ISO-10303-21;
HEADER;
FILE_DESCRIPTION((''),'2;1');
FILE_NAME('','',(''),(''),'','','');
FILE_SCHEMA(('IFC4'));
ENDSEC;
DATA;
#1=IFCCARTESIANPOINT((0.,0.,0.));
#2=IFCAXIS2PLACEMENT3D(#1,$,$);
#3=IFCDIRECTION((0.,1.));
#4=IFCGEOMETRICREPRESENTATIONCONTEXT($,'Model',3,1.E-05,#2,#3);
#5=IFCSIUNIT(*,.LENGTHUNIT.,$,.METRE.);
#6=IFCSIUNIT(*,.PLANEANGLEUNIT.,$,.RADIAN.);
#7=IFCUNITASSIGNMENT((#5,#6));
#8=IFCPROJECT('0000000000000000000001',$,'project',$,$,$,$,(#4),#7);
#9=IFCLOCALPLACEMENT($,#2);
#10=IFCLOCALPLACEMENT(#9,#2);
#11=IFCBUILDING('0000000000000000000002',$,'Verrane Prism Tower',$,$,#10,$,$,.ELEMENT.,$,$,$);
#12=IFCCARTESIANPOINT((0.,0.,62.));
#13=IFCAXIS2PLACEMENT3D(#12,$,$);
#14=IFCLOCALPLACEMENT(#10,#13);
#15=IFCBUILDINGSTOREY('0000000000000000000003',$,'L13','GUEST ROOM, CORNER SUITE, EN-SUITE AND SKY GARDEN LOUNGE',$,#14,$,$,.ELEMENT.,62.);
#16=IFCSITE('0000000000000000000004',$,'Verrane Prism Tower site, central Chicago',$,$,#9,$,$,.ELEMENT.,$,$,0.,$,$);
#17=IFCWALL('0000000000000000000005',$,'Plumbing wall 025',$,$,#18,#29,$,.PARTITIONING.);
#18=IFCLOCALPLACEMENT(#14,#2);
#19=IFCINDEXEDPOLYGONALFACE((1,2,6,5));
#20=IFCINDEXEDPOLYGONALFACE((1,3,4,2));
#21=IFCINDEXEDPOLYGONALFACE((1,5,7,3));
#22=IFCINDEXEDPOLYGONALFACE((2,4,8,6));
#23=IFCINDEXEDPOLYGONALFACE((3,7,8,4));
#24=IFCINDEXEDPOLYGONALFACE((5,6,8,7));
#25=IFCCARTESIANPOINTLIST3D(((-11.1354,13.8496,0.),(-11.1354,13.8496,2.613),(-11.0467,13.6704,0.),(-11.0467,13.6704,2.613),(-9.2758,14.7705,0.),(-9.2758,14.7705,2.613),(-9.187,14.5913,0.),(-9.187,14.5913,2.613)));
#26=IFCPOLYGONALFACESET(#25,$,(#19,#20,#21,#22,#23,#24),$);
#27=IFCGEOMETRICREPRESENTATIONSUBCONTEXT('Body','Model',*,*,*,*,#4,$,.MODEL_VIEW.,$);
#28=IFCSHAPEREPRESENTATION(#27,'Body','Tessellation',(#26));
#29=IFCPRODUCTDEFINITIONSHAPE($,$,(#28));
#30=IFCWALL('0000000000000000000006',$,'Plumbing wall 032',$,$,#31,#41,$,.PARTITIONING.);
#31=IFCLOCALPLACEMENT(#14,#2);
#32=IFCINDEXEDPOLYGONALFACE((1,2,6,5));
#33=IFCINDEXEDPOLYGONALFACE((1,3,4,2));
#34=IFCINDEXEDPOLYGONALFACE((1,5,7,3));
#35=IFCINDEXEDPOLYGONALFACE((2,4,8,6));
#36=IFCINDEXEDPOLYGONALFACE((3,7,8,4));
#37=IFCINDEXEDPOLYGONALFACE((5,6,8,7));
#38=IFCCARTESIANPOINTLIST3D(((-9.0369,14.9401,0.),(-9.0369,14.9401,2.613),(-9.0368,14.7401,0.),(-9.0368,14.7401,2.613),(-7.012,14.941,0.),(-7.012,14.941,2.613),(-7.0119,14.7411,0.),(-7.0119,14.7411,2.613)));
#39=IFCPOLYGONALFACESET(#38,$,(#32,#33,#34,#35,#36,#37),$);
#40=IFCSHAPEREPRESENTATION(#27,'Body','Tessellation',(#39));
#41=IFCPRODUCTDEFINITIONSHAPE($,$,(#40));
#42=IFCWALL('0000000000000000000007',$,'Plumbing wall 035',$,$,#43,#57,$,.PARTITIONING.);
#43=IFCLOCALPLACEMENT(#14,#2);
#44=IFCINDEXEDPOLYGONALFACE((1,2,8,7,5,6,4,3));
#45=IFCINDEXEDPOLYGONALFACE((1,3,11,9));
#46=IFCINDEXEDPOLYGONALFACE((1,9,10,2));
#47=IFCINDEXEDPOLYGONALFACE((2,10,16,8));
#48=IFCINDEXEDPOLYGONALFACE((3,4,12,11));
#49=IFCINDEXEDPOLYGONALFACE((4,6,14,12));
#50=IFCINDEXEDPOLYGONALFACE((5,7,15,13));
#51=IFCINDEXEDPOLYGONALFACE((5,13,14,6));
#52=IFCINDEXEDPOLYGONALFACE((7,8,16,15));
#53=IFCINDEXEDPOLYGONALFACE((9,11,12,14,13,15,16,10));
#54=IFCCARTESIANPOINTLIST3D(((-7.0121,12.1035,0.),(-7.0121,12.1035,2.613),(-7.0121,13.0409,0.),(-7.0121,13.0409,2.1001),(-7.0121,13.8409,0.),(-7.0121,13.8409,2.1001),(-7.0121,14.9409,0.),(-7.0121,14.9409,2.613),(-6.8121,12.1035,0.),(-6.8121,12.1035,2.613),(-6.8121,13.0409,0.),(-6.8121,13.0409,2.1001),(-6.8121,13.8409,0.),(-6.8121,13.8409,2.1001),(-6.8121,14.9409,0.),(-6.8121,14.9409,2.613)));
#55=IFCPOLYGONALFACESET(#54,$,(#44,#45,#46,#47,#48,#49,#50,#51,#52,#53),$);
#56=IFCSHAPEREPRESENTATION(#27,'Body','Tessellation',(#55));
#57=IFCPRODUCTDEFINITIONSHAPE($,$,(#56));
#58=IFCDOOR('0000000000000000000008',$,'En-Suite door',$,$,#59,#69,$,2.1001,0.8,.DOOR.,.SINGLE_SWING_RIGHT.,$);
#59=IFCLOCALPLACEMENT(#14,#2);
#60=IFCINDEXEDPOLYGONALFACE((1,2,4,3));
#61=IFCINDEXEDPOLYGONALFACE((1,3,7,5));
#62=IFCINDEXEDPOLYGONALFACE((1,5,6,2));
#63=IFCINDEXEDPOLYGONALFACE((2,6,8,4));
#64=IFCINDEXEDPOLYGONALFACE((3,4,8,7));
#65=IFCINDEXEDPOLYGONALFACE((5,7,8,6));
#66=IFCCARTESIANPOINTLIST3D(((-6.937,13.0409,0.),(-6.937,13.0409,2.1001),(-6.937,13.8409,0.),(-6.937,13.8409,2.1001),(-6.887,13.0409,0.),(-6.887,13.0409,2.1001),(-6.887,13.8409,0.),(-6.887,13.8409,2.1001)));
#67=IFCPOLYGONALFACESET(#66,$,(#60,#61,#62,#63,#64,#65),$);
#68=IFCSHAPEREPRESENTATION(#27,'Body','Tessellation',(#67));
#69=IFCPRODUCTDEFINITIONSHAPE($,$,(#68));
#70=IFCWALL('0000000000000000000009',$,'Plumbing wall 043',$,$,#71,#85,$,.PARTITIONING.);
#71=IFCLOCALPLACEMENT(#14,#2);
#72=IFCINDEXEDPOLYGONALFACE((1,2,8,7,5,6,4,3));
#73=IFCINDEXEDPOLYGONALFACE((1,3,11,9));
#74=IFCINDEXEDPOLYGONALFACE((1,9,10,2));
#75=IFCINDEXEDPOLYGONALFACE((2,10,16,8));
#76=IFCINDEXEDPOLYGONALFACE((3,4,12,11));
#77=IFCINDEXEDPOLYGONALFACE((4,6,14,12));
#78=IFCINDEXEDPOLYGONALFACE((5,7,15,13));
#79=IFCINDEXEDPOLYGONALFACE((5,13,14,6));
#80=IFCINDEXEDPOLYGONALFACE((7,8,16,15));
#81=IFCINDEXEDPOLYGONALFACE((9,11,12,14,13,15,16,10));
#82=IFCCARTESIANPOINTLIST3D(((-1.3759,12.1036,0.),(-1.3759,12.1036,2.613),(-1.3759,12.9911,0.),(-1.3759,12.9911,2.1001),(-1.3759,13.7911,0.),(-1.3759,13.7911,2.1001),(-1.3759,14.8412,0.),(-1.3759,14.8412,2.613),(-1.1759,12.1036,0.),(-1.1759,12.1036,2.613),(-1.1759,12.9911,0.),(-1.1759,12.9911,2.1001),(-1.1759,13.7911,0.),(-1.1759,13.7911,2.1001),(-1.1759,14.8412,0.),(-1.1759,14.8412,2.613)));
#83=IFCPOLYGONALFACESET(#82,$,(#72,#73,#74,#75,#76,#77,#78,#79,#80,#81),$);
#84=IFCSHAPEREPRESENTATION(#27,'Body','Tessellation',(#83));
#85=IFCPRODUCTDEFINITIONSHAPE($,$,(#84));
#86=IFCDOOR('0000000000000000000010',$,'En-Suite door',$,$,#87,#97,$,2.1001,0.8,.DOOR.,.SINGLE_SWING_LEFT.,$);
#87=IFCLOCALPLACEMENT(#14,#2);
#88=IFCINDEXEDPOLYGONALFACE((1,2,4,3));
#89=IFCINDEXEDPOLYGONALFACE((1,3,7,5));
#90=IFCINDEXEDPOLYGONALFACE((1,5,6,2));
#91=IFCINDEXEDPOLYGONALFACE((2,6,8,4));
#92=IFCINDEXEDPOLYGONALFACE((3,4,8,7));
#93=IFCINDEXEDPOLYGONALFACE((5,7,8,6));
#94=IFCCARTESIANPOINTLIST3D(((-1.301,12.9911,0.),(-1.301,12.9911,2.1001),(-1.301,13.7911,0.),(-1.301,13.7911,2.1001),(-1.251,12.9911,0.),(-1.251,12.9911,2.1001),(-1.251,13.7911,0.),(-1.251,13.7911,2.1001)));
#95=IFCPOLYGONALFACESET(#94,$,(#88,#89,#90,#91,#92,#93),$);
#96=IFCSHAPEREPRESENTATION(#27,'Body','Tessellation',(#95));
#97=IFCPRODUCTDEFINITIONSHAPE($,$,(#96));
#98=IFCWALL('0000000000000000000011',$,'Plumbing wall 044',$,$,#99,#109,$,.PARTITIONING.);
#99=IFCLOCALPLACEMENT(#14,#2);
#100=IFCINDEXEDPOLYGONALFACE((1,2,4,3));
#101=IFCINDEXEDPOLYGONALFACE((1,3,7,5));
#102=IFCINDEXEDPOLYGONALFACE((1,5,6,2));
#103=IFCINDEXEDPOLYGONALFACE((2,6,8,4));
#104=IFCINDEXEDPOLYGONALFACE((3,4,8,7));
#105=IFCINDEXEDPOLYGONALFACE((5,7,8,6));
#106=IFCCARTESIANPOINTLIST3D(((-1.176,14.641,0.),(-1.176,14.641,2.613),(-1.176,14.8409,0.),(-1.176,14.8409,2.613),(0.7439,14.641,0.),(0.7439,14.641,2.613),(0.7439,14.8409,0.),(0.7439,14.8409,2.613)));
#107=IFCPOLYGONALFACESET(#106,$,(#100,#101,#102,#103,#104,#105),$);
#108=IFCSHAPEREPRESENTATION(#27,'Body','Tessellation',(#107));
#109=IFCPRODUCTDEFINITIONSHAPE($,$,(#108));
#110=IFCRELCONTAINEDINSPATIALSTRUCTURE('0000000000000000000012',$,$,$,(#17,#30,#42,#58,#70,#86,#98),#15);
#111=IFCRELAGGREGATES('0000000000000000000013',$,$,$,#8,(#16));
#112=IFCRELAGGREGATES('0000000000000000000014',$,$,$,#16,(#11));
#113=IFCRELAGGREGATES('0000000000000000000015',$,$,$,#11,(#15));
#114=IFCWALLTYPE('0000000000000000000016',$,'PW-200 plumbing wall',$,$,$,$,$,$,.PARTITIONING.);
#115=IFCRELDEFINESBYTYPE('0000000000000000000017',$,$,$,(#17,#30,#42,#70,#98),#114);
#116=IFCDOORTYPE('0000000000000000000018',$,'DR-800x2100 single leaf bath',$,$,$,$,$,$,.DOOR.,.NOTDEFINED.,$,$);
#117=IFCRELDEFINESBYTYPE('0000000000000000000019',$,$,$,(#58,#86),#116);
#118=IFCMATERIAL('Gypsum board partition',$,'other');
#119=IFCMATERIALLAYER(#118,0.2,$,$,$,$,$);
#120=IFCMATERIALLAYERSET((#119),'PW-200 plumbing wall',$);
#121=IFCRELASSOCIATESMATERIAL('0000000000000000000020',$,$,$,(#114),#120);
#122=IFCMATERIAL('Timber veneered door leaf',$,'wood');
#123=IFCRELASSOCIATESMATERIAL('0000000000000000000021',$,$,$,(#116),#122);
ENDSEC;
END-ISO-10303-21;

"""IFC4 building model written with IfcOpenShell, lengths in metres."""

from ifc_helpers import new_model, si_unit, direction, frame, frame_2d, origin, place, context, subcontext, project, spatial, rectangle, extrude, material, layer, layer_set, type_object, element, fill, save


model = new_model("IFC4")

# Units and contexts
model_context = context("Model", 3, precision=1e-05, world=origin(), true_north=direction((0.0, 1.0)))
body_context = subcontext(model_context, "Body", "Model", "MODEL_VIEW")
ifc_project = project(units=[si_unit("LENGTHUNIT", "METRE"), si_unit("PLANEANGLEUNIT", "RADIAN")], contexts=[model_context])

# Site, building, storey
site_placement = place(None, origin())
site = spatial("IfcSite", under=ifc_project, at=site_placement, Name="Verrane Prism Tower site, central Chicago", CompositionType="ELEMENT", RefElevation=0.0)
building_placement = place(site_placement, origin())
building = spatial("IfcBuilding", under=site, at=building_placement, Name="Verrane Prism Tower", CompositionType="ELEMENT")
storey_placement = place(building_placement, frame((0.0, 0.0, 62.0)))
storey = spatial("IfcBuildingStorey", under=building, at=storey_placement, Name="L13", Description="GUEST ROOM, CORNER SUITE, EN-SUITE AND SKY GARDEN LOUNGE", CompositionType="ELEMENT", Elevation=62.0)

# Shared definitions
ifc_material_1 = material(Name="Gypsum board partition", Category="other")
ifc_layer_1 = layer(ifc_material_1, 0.2)
ifc_layer_set_1 = layer_set([ifc_layer_1], Name="PW-200 plumbing wall")
wall_type_1 = type_object("IfcWallType", Name="PW-200 plumbing wall", PredefinedType="PARTITIONING", material=ifc_layer_set_1)
ifc_material_2 = material(Name="Timber veneered door leaf", Category="wood")
door_type_1 = type_object("IfcDoorType", Name="DR-800x2100 single leaf bath", OperationType="NOTDEFINED", PredefinedType="DOOR", material=ifc_material_2)

# Walls
wall_1_placement = place(storey_placement, frame((-11.0911, 13.76, 0.0), z_axis=(0.0, 0.0, 1.0), x_axis=(0.896138, 0.443775, 0.0)))
element("IfcWall", 1, at=wall_1_placement, inside=storey, type_object=wall_type_1, Name="Plumbing wall 025", PredefinedType="PARTITIONING", context=body_context, shape_type="SweptSolid", body=[
    extrude(rectangle(XDim=2.0752, YDim=0.2, at=frame_2d((1.0376, 0.0))), origin(), (0.0, 0.0, 1.0), 2.613),
])
wall_2_placement = place(storey_placement, frame((-9.0369, 14.8401, 0.0), z_axis=(0.0, 0.0, 1.0), x_axis=(1.0, 0.000482, 0.0)))
element("IfcWall", 2, at=wall_2_placement, inside=storey, type_object=wall_type_1, Name="Plumbing wall 032", PredefinedType="PARTITIONING", context=body_context, shape_type="SweptSolid", body=[
    extrude(rectangle(XDim=2.0249, YDim=0.2, at=frame_2d((1.0125, 0.0))), origin(), (0.0, 0.0, 1.0), 2.613),
])

# Walls, openings, doors
wall_3_placement = place(storey_placement, frame((-6.9121, 12.1035, 0.0), z_axis=(0.0, 0.0, 1.0), x_axis=(0.0, 1.0, 0.0)))
wall_3 = element("IfcWall", 3, at=wall_3_placement, inside=storey, type_object=wall_type_1, Name="Plumbing wall 035", PredefinedType="PARTITIONING", context=body_context, shape_type="SweptSolid", body=[
    extrude(rectangle(XDim=2.8374, YDim=0.2, at=frame_2d((1.4187, 0.0))), origin(), (0.0, 0.0, 1.0), 2.613),
])
opening_1_placement = place(wall_3_placement, frame((0.9375, 0.0, 0.0)))
opening_1 = element("IfcOpeningElement", 4, at=opening_1_placement, cuts=wall_3, PredefinedType="OPENING", context=body_context, shape_type="SweptSolid", body=[
    extrude(rectangle(XDim=0.8, YDim=2.1001, at=frame_2d((0.3999, 1.05))), frame((0.0, 0.1099, 0.0), z_axis=(0.0, -1.0, 0.0), x_axis=(1.0, 0.0, 0.0)), (0.0, 0.0, 1.0), 0.22),
])
door_1_placement = place(opening_1_placement, origin())
door_1 = element("IfcDoor", 5, at=door_1_placement, inside=storey, type_object=door_type_1, Name="En-Suite door", OperationType="SINGLE_SWING_RIGHT", OverallHeight=2.1001, OverallWidth=0.8, PredefinedType="DOOR", context=body_context, shape_type="SweptSolid", body=[
    extrude(rectangle(XDim=0.8, YDim=2.1001, at=frame_2d((0.3999, 1.05))), frame((0.0, 0.0249, 0.0), z_axis=(0.0, -1.0, 0.0), x_axis=(1.0, 0.0, 0.0)), (0.0, 0.0, 1.0), 0.05),
])
fill(opening_1, door_1)
wall_4_placement = place(storey_placement, frame((-1.2759, 14.8411, 0.0), z_axis=(0.0, 0.0, 1.0), x_axis=(0.0, -1.0, 0.0)))
wall_4 = element("IfcWall", 6, at=wall_4_placement, inside=storey, type_object=wall_type_1, Name="Plumbing wall 043", PredefinedType="PARTITIONING", context=body_context, shape_type="SweptSolid", body=[
    extrude(rectangle(XDim=2.7375, YDim=0.2, at=frame_2d((1.3687, 0.0))), origin(), (0.0, 0.0, 1.0), 2.613),
])
opening_2_placement = place(wall_4_placement, frame((1.05, 0.0, 0.0)))
opening_2 = element("IfcOpeningElement", 7, at=opening_2_placement, cuts=wall_4, PredefinedType="OPENING", context=body_context, shape_type="SweptSolid", body=[
    extrude(rectangle(XDim=0.8, YDim=2.1001, at=frame_2d((0.3999, 1.05))), frame((0.0, 0.1099, 0.0), z_axis=(0.0, -1.0, 0.0), x_axis=(1.0, 0.0, 0.0)), (0.0, 0.0, 1.0), 0.22),
])
door_2_placement = place(opening_2_placement, origin())
door_2 = element("IfcDoor", 8, at=door_2_placement, inside=storey, type_object=door_type_1, Name="En-Suite door", OperationType="SINGLE_SWING_LEFT", OverallHeight=2.1001, OverallWidth=0.8, PredefinedType="DOOR", context=body_context, shape_type="SweptSolid", body=[
    extrude(rectangle(XDim=0.8, YDim=2.1001, at=frame_2d((0.3999, 1.05))), frame((0.0, 0.0249, 0.0), z_axis=(0.0, -1.0, 0.0), x_axis=(1.0, 0.0, 0.0)), (0.0, 0.0, 1.0), 0.05),
])
fill(opening_2, door_2)

# Wall
wall_5_placement = place(storey_placement, frame((-1.176, 14.741, 0.0), z_axis=(0.0, 0.0, 1.0), x_axis=(1.0, 0.0, 0.0)))
element("IfcWall", 9, at=wall_5_placement, inside=storey, type_object=wall_type_1, Name="Plumbing wall 044", PredefinedType="PARTITIONING", context=body_context, shape_type="SweptSolid", body=[
    extrude(rectangle(XDim=1.9199, YDim=0.2, at=frame_2d((0.96, 0.0))), origin(), (0.0, 0.0, 1.0), 2.613),
])

save(model, "model.ifc")
